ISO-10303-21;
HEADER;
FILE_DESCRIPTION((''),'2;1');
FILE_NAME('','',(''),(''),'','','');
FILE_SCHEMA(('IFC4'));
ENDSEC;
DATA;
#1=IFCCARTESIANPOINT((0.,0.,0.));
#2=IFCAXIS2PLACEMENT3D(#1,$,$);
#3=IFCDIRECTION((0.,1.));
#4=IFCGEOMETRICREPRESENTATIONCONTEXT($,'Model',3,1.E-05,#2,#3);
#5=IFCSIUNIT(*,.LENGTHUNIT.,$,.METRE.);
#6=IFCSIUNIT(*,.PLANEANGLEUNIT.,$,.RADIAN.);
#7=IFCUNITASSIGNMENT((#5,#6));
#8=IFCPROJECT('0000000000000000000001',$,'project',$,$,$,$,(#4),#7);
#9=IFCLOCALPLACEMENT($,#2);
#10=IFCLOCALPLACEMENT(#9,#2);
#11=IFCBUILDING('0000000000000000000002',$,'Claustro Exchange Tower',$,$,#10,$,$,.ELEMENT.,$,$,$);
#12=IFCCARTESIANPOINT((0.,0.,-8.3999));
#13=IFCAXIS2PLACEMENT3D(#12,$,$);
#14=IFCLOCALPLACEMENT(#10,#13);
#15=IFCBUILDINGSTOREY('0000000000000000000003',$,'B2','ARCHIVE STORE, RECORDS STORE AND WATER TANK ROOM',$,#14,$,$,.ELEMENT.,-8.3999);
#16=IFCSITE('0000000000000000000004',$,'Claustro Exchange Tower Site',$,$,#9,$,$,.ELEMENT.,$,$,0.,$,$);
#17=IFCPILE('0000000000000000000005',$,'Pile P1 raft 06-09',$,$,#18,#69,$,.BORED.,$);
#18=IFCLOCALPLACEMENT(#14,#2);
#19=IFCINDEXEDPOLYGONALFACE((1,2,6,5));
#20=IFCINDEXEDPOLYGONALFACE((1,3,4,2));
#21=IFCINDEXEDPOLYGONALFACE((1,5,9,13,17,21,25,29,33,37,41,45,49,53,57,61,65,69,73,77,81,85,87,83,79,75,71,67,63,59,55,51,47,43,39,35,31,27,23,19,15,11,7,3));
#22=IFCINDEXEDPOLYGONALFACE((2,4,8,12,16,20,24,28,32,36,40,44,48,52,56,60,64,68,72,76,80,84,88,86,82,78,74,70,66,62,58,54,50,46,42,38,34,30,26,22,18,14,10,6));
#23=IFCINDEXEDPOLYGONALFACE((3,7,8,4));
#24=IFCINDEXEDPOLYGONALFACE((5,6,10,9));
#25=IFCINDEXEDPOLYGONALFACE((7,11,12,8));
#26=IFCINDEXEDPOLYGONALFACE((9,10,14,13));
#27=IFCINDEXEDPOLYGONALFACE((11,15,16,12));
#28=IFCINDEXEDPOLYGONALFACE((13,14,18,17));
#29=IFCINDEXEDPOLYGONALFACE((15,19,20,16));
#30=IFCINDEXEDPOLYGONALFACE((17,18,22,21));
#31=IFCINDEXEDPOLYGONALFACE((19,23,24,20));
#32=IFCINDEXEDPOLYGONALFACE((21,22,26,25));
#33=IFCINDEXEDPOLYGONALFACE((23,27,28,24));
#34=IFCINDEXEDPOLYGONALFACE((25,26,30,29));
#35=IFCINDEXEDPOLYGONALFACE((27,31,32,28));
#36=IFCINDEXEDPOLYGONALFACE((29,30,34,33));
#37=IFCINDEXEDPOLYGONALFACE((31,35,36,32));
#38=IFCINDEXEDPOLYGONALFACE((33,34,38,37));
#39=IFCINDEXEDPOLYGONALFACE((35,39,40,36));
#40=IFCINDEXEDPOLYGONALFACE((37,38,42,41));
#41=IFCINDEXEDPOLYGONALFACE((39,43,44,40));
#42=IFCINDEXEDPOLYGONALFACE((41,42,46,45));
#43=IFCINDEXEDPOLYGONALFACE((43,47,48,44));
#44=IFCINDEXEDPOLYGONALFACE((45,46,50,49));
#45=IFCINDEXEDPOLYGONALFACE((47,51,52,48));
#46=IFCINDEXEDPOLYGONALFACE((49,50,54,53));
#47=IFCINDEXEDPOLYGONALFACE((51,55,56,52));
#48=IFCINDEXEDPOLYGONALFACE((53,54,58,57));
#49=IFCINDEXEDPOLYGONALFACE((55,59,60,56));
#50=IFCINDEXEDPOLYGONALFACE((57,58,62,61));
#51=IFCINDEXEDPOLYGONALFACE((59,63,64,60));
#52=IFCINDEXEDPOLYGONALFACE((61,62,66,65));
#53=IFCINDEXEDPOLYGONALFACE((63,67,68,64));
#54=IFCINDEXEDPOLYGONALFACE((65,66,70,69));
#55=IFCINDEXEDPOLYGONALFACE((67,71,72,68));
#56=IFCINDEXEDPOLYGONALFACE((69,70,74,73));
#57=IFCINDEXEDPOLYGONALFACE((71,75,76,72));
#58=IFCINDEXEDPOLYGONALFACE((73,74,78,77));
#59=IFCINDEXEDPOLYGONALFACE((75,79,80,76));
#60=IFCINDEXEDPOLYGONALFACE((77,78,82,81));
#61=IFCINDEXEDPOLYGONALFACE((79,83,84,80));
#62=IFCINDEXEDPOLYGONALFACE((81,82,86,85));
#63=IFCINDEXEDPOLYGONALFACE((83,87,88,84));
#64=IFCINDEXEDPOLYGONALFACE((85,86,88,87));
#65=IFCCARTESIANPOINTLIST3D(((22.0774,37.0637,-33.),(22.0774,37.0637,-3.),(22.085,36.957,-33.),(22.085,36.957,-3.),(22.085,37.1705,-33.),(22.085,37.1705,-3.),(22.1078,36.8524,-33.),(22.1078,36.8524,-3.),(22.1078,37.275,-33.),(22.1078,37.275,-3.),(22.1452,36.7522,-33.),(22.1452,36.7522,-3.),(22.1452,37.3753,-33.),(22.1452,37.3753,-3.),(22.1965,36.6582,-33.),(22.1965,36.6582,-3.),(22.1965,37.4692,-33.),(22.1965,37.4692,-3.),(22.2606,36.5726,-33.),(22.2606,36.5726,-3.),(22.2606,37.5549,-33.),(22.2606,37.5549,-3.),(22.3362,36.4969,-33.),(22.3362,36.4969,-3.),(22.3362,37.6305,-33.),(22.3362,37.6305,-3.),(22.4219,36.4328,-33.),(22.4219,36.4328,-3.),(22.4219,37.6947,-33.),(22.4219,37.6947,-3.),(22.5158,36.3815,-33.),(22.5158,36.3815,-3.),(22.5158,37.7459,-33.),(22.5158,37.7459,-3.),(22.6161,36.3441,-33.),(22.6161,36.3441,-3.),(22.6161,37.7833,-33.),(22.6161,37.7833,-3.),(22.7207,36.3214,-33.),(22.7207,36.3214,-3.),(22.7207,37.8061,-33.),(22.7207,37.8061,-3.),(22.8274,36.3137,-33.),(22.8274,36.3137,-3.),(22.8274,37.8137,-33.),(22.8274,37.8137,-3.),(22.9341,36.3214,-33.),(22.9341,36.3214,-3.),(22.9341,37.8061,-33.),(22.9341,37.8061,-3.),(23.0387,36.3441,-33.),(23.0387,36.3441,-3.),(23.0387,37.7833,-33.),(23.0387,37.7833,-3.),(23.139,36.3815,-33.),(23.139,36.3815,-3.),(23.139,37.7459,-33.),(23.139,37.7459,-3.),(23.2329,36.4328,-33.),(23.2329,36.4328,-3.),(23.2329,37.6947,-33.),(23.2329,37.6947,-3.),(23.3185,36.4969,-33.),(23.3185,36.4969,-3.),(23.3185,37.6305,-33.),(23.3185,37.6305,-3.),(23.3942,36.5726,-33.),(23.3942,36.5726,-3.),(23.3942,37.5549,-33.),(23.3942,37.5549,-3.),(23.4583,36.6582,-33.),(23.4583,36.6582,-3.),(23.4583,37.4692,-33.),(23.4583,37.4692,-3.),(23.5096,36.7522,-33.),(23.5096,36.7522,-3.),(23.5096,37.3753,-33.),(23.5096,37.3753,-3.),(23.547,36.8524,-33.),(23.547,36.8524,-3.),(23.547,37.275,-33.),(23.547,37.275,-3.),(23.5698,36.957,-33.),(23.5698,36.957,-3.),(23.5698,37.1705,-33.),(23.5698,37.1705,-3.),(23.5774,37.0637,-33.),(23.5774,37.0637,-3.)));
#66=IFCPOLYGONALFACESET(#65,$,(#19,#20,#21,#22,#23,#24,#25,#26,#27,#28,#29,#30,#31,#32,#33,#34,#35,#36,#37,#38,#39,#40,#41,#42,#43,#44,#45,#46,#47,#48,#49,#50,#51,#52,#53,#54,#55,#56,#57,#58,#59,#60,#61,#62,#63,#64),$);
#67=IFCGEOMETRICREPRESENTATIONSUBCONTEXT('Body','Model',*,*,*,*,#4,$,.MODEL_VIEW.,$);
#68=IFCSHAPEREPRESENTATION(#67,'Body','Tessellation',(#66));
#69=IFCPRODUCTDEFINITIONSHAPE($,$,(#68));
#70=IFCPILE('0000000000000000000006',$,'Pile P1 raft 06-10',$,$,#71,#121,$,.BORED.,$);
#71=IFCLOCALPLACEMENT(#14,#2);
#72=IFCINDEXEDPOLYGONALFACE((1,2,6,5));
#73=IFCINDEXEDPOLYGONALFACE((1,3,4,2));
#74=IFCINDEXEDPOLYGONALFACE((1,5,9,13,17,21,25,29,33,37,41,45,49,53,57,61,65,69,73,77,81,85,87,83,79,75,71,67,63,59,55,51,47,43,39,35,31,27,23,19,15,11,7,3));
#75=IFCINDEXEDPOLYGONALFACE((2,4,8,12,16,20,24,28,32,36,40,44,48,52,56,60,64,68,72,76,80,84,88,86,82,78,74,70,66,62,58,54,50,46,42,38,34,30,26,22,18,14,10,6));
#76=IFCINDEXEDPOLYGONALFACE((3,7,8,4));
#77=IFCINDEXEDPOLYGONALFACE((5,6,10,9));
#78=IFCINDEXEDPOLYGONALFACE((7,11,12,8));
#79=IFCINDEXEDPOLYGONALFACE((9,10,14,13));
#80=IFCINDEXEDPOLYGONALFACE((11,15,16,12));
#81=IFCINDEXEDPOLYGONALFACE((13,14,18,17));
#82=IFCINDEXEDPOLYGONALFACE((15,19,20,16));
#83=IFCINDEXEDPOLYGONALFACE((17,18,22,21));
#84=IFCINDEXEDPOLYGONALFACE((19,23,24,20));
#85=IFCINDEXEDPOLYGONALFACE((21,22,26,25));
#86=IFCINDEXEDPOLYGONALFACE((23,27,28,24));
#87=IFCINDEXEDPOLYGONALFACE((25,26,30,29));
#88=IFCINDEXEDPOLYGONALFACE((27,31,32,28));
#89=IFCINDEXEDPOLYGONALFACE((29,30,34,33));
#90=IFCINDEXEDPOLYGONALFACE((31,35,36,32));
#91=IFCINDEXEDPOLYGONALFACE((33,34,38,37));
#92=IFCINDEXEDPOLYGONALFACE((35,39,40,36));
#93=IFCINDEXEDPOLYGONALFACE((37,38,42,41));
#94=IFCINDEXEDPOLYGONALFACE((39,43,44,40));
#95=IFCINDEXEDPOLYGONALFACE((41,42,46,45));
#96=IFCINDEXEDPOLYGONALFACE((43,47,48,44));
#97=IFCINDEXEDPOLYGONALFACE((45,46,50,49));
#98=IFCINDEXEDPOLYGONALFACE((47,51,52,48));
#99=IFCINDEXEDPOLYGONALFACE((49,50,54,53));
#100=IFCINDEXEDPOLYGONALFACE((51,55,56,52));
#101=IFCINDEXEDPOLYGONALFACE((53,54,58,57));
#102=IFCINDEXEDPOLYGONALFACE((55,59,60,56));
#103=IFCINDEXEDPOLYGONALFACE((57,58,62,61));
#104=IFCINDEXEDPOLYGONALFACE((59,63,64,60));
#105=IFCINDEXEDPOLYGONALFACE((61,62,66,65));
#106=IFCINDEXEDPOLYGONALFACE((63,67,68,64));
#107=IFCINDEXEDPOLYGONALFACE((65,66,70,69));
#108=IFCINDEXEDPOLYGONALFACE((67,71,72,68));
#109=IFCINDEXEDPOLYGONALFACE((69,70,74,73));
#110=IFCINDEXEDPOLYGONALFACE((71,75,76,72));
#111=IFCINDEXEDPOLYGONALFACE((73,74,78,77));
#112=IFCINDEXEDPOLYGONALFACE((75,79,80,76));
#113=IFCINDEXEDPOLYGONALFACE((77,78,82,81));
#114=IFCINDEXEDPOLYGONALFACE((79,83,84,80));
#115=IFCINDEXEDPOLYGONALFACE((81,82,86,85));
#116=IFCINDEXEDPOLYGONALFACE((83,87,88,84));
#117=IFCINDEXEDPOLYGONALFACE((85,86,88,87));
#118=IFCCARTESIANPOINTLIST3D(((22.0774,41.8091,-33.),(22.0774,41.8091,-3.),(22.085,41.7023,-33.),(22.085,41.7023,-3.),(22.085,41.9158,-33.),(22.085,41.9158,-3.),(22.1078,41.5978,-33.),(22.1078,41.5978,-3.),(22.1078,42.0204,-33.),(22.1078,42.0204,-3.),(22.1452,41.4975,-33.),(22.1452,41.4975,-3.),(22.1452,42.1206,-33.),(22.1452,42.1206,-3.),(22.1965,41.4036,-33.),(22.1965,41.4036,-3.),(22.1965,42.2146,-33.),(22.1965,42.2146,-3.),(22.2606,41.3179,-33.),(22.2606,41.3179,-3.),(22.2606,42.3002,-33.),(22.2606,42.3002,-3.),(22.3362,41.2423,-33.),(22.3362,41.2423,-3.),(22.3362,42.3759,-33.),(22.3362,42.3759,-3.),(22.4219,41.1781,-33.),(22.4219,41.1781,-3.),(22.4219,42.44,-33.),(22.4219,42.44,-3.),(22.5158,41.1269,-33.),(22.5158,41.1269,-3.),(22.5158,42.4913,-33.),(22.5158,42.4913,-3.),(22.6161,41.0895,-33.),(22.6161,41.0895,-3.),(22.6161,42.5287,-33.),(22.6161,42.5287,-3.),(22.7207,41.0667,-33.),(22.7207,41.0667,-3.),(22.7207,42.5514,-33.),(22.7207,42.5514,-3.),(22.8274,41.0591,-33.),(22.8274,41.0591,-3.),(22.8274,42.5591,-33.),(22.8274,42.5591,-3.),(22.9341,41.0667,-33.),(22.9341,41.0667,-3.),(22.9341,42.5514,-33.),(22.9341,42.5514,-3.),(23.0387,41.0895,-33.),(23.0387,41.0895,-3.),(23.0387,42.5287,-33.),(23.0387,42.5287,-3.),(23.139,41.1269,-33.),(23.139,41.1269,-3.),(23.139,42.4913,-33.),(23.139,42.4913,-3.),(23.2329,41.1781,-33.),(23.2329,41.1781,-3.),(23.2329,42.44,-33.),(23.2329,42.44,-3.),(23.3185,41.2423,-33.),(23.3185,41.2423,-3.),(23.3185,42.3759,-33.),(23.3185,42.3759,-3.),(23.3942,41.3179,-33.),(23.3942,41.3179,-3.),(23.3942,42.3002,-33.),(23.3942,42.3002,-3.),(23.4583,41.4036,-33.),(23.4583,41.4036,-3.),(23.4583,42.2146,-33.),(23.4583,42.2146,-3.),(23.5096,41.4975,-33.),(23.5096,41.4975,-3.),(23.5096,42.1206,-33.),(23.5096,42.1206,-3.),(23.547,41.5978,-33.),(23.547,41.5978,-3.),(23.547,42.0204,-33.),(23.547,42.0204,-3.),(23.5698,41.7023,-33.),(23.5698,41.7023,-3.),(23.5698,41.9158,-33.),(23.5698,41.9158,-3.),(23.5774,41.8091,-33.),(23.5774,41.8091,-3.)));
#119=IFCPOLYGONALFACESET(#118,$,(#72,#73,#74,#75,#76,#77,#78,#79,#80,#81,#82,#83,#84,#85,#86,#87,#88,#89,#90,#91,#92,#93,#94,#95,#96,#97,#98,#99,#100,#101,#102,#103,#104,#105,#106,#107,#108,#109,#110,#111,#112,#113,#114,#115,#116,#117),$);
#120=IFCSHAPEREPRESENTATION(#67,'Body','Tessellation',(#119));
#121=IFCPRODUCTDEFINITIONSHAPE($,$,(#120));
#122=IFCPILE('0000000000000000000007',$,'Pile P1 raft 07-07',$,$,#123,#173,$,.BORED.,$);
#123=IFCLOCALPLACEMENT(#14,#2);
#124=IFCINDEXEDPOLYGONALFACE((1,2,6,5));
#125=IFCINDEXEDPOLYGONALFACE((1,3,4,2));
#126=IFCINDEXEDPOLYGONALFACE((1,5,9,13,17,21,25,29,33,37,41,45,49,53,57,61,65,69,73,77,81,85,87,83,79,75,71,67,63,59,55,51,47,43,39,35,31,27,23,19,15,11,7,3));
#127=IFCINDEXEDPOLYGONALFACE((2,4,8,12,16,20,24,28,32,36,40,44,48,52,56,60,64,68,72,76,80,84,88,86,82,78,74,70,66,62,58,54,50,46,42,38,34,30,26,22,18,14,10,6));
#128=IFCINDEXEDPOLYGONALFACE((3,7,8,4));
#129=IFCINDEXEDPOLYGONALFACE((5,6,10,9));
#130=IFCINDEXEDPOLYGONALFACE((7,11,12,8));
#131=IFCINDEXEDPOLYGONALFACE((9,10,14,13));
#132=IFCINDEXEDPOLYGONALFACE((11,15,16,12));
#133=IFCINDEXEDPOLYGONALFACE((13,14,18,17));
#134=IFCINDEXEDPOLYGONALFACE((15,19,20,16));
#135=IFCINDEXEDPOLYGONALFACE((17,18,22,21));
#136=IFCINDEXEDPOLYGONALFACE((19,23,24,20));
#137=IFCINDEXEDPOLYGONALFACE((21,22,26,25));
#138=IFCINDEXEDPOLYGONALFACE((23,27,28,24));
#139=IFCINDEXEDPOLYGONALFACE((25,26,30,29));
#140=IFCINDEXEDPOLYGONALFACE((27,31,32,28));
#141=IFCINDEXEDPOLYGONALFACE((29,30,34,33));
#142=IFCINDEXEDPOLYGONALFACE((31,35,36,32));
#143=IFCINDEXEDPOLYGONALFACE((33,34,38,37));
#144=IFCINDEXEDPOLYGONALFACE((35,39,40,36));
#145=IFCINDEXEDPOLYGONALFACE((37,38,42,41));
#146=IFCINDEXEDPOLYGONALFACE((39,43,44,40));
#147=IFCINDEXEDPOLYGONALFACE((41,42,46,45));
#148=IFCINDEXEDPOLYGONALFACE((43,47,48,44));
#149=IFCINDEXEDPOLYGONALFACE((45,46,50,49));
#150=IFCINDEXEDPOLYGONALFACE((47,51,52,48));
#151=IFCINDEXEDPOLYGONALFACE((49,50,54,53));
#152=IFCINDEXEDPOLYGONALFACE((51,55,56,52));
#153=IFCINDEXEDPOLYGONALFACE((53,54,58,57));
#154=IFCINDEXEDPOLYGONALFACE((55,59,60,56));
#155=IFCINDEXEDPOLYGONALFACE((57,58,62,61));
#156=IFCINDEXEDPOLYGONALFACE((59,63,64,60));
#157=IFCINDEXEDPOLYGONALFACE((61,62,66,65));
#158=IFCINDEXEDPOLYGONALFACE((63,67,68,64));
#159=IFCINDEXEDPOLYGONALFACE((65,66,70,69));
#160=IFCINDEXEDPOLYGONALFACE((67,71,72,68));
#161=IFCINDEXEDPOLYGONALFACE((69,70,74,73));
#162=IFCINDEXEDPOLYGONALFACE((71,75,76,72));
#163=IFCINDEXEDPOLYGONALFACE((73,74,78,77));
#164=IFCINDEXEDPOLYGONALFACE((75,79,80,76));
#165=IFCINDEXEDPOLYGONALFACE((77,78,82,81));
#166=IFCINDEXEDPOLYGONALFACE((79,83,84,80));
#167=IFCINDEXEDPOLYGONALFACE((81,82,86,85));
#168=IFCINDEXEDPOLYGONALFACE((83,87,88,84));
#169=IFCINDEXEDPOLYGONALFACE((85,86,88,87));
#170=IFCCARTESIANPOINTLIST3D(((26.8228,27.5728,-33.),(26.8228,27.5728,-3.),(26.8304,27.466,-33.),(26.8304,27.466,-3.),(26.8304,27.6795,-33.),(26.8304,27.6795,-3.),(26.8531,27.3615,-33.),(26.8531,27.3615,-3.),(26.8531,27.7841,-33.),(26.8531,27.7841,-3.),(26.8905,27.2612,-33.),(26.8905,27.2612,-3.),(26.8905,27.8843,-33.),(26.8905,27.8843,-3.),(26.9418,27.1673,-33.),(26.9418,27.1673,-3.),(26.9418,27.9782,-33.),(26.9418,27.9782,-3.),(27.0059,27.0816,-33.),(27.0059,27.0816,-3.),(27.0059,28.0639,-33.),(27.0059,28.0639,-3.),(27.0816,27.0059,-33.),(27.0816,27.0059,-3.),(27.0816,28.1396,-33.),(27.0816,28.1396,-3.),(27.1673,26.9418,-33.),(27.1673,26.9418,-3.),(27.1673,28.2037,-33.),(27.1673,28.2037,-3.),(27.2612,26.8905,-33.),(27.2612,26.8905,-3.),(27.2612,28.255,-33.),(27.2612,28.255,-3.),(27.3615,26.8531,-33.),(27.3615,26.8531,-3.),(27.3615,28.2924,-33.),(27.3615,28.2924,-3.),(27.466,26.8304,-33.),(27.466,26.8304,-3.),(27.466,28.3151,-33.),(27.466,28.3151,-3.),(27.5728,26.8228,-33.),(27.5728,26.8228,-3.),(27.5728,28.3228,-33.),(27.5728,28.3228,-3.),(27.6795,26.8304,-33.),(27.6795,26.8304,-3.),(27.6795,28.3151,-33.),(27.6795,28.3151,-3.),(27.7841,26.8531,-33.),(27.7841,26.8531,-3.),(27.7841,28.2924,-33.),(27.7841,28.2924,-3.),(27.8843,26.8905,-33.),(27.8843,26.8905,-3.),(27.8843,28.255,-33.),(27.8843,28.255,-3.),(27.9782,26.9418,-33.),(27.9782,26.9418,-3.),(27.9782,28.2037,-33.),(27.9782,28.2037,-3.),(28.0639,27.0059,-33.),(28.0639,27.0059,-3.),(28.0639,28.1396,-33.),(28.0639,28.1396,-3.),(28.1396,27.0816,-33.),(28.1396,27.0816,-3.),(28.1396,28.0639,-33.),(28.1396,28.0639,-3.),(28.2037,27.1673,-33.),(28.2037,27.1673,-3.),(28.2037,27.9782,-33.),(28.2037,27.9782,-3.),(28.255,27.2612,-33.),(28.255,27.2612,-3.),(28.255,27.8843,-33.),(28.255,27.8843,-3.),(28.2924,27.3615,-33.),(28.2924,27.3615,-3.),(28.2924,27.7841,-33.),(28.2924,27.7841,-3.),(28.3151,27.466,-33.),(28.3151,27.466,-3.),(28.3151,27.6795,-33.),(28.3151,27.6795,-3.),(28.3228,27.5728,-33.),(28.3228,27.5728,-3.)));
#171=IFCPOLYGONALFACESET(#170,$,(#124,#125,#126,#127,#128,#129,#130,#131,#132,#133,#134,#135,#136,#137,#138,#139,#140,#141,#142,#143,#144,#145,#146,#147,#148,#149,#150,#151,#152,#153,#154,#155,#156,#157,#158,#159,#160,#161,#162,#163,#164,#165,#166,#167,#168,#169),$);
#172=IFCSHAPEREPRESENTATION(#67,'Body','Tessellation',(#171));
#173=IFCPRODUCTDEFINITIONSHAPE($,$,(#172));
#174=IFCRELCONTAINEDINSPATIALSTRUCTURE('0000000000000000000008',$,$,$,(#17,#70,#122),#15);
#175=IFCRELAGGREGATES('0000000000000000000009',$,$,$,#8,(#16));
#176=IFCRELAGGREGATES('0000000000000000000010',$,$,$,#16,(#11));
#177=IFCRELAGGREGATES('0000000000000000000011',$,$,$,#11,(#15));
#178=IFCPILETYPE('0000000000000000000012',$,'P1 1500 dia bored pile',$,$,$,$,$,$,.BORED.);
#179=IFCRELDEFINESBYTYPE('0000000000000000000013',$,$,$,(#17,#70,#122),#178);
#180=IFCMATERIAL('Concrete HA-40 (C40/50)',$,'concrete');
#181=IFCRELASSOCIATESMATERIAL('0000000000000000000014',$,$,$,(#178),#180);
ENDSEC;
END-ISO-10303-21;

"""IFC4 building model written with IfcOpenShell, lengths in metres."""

from ifc_helpers import new_model, si_unit, direction, frame, origin, origin_2d, place, context, subcontext, project, spatial, circle, extrude, material, type_object, element, save


model = new_model("IFC4")

# Units and contexts
model_context = context("Model", 3, precision=1e-05, world=origin(), true_north=direction((0.0, 1.0)))
body_context = subcontext(model_context, "Body", "Model", "MODEL_VIEW")
ifc_project = project(units=[si_unit("LENGTHUNIT", "METRE"), si_unit("PLANEANGLEUNIT", "RADIAN")], contexts=[model_context])

# Site, building, storey
site_placement = place(None, origin())
site = spatial("IfcSite", under=ifc_project, at=site_placement, Name="Claustro Exchange Tower Site", CompositionType="ELEMENT", RefElevation=0.0)
building_placement = place(site_placement, origin())
building = spatial("IfcBuilding", under=site, at=building_placement, Name="Claustro Exchange Tower", CompositionType="ELEMENT")
storey_placement = place(building_placement, frame((0.0, 0.0, -8.3999)))
storey = spatial("IfcBuildingStorey", under=building, at=storey_placement, Name="B2", Description="ARCHIVE STORE, RECORDS STORE AND WATER TANK ROOM", CompositionType="ELEMENT", Elevation=-8.3999)

# Piles
ifc_material_1 = material(Name="Concrete HA-40 (C40/50)", Category="concrete")
pile_type_1 = type_object("IfcPileType", Name="P1 1500 dia bored pile", PredefinedType="BORED", material=ifc_material_1)
for number, where, z_axis, x_axis, name in (
    (1, (22.8274, 37.0637, -3.0), (0.0, 0.0, -1.0), (1.0, 0.0, 0.0), "Pile P1 raft 06-09"),
    (2, (22.8274, 41.8091, -3.0), (0.0, 0.0, -1.0), (1.0, 0.0, 0.0), "Pile P1 raft 06-10"),
    (3, (27.5728, 27.5728, -3.0), (0.0, 0.0, -1.0), (1.0, 0.0, 0.0), "Pile P1 raft 07-07"),
):
    element("IfcPile", number, at=place(storey_placement, frame(where, z_axis=z_axis, x_axis=x_axis)), inside=storey, type_object=pile_type_1, Name=name, PredefinedType="BORED", context=body_context, shape_type="SweptSolid", body=[
        extrude(circle(Radius=0.75, at=origin_2d()), origin(), (0.0, 0.0, 1.0), 30.0),
    ])

save(model, "model.ifc")
